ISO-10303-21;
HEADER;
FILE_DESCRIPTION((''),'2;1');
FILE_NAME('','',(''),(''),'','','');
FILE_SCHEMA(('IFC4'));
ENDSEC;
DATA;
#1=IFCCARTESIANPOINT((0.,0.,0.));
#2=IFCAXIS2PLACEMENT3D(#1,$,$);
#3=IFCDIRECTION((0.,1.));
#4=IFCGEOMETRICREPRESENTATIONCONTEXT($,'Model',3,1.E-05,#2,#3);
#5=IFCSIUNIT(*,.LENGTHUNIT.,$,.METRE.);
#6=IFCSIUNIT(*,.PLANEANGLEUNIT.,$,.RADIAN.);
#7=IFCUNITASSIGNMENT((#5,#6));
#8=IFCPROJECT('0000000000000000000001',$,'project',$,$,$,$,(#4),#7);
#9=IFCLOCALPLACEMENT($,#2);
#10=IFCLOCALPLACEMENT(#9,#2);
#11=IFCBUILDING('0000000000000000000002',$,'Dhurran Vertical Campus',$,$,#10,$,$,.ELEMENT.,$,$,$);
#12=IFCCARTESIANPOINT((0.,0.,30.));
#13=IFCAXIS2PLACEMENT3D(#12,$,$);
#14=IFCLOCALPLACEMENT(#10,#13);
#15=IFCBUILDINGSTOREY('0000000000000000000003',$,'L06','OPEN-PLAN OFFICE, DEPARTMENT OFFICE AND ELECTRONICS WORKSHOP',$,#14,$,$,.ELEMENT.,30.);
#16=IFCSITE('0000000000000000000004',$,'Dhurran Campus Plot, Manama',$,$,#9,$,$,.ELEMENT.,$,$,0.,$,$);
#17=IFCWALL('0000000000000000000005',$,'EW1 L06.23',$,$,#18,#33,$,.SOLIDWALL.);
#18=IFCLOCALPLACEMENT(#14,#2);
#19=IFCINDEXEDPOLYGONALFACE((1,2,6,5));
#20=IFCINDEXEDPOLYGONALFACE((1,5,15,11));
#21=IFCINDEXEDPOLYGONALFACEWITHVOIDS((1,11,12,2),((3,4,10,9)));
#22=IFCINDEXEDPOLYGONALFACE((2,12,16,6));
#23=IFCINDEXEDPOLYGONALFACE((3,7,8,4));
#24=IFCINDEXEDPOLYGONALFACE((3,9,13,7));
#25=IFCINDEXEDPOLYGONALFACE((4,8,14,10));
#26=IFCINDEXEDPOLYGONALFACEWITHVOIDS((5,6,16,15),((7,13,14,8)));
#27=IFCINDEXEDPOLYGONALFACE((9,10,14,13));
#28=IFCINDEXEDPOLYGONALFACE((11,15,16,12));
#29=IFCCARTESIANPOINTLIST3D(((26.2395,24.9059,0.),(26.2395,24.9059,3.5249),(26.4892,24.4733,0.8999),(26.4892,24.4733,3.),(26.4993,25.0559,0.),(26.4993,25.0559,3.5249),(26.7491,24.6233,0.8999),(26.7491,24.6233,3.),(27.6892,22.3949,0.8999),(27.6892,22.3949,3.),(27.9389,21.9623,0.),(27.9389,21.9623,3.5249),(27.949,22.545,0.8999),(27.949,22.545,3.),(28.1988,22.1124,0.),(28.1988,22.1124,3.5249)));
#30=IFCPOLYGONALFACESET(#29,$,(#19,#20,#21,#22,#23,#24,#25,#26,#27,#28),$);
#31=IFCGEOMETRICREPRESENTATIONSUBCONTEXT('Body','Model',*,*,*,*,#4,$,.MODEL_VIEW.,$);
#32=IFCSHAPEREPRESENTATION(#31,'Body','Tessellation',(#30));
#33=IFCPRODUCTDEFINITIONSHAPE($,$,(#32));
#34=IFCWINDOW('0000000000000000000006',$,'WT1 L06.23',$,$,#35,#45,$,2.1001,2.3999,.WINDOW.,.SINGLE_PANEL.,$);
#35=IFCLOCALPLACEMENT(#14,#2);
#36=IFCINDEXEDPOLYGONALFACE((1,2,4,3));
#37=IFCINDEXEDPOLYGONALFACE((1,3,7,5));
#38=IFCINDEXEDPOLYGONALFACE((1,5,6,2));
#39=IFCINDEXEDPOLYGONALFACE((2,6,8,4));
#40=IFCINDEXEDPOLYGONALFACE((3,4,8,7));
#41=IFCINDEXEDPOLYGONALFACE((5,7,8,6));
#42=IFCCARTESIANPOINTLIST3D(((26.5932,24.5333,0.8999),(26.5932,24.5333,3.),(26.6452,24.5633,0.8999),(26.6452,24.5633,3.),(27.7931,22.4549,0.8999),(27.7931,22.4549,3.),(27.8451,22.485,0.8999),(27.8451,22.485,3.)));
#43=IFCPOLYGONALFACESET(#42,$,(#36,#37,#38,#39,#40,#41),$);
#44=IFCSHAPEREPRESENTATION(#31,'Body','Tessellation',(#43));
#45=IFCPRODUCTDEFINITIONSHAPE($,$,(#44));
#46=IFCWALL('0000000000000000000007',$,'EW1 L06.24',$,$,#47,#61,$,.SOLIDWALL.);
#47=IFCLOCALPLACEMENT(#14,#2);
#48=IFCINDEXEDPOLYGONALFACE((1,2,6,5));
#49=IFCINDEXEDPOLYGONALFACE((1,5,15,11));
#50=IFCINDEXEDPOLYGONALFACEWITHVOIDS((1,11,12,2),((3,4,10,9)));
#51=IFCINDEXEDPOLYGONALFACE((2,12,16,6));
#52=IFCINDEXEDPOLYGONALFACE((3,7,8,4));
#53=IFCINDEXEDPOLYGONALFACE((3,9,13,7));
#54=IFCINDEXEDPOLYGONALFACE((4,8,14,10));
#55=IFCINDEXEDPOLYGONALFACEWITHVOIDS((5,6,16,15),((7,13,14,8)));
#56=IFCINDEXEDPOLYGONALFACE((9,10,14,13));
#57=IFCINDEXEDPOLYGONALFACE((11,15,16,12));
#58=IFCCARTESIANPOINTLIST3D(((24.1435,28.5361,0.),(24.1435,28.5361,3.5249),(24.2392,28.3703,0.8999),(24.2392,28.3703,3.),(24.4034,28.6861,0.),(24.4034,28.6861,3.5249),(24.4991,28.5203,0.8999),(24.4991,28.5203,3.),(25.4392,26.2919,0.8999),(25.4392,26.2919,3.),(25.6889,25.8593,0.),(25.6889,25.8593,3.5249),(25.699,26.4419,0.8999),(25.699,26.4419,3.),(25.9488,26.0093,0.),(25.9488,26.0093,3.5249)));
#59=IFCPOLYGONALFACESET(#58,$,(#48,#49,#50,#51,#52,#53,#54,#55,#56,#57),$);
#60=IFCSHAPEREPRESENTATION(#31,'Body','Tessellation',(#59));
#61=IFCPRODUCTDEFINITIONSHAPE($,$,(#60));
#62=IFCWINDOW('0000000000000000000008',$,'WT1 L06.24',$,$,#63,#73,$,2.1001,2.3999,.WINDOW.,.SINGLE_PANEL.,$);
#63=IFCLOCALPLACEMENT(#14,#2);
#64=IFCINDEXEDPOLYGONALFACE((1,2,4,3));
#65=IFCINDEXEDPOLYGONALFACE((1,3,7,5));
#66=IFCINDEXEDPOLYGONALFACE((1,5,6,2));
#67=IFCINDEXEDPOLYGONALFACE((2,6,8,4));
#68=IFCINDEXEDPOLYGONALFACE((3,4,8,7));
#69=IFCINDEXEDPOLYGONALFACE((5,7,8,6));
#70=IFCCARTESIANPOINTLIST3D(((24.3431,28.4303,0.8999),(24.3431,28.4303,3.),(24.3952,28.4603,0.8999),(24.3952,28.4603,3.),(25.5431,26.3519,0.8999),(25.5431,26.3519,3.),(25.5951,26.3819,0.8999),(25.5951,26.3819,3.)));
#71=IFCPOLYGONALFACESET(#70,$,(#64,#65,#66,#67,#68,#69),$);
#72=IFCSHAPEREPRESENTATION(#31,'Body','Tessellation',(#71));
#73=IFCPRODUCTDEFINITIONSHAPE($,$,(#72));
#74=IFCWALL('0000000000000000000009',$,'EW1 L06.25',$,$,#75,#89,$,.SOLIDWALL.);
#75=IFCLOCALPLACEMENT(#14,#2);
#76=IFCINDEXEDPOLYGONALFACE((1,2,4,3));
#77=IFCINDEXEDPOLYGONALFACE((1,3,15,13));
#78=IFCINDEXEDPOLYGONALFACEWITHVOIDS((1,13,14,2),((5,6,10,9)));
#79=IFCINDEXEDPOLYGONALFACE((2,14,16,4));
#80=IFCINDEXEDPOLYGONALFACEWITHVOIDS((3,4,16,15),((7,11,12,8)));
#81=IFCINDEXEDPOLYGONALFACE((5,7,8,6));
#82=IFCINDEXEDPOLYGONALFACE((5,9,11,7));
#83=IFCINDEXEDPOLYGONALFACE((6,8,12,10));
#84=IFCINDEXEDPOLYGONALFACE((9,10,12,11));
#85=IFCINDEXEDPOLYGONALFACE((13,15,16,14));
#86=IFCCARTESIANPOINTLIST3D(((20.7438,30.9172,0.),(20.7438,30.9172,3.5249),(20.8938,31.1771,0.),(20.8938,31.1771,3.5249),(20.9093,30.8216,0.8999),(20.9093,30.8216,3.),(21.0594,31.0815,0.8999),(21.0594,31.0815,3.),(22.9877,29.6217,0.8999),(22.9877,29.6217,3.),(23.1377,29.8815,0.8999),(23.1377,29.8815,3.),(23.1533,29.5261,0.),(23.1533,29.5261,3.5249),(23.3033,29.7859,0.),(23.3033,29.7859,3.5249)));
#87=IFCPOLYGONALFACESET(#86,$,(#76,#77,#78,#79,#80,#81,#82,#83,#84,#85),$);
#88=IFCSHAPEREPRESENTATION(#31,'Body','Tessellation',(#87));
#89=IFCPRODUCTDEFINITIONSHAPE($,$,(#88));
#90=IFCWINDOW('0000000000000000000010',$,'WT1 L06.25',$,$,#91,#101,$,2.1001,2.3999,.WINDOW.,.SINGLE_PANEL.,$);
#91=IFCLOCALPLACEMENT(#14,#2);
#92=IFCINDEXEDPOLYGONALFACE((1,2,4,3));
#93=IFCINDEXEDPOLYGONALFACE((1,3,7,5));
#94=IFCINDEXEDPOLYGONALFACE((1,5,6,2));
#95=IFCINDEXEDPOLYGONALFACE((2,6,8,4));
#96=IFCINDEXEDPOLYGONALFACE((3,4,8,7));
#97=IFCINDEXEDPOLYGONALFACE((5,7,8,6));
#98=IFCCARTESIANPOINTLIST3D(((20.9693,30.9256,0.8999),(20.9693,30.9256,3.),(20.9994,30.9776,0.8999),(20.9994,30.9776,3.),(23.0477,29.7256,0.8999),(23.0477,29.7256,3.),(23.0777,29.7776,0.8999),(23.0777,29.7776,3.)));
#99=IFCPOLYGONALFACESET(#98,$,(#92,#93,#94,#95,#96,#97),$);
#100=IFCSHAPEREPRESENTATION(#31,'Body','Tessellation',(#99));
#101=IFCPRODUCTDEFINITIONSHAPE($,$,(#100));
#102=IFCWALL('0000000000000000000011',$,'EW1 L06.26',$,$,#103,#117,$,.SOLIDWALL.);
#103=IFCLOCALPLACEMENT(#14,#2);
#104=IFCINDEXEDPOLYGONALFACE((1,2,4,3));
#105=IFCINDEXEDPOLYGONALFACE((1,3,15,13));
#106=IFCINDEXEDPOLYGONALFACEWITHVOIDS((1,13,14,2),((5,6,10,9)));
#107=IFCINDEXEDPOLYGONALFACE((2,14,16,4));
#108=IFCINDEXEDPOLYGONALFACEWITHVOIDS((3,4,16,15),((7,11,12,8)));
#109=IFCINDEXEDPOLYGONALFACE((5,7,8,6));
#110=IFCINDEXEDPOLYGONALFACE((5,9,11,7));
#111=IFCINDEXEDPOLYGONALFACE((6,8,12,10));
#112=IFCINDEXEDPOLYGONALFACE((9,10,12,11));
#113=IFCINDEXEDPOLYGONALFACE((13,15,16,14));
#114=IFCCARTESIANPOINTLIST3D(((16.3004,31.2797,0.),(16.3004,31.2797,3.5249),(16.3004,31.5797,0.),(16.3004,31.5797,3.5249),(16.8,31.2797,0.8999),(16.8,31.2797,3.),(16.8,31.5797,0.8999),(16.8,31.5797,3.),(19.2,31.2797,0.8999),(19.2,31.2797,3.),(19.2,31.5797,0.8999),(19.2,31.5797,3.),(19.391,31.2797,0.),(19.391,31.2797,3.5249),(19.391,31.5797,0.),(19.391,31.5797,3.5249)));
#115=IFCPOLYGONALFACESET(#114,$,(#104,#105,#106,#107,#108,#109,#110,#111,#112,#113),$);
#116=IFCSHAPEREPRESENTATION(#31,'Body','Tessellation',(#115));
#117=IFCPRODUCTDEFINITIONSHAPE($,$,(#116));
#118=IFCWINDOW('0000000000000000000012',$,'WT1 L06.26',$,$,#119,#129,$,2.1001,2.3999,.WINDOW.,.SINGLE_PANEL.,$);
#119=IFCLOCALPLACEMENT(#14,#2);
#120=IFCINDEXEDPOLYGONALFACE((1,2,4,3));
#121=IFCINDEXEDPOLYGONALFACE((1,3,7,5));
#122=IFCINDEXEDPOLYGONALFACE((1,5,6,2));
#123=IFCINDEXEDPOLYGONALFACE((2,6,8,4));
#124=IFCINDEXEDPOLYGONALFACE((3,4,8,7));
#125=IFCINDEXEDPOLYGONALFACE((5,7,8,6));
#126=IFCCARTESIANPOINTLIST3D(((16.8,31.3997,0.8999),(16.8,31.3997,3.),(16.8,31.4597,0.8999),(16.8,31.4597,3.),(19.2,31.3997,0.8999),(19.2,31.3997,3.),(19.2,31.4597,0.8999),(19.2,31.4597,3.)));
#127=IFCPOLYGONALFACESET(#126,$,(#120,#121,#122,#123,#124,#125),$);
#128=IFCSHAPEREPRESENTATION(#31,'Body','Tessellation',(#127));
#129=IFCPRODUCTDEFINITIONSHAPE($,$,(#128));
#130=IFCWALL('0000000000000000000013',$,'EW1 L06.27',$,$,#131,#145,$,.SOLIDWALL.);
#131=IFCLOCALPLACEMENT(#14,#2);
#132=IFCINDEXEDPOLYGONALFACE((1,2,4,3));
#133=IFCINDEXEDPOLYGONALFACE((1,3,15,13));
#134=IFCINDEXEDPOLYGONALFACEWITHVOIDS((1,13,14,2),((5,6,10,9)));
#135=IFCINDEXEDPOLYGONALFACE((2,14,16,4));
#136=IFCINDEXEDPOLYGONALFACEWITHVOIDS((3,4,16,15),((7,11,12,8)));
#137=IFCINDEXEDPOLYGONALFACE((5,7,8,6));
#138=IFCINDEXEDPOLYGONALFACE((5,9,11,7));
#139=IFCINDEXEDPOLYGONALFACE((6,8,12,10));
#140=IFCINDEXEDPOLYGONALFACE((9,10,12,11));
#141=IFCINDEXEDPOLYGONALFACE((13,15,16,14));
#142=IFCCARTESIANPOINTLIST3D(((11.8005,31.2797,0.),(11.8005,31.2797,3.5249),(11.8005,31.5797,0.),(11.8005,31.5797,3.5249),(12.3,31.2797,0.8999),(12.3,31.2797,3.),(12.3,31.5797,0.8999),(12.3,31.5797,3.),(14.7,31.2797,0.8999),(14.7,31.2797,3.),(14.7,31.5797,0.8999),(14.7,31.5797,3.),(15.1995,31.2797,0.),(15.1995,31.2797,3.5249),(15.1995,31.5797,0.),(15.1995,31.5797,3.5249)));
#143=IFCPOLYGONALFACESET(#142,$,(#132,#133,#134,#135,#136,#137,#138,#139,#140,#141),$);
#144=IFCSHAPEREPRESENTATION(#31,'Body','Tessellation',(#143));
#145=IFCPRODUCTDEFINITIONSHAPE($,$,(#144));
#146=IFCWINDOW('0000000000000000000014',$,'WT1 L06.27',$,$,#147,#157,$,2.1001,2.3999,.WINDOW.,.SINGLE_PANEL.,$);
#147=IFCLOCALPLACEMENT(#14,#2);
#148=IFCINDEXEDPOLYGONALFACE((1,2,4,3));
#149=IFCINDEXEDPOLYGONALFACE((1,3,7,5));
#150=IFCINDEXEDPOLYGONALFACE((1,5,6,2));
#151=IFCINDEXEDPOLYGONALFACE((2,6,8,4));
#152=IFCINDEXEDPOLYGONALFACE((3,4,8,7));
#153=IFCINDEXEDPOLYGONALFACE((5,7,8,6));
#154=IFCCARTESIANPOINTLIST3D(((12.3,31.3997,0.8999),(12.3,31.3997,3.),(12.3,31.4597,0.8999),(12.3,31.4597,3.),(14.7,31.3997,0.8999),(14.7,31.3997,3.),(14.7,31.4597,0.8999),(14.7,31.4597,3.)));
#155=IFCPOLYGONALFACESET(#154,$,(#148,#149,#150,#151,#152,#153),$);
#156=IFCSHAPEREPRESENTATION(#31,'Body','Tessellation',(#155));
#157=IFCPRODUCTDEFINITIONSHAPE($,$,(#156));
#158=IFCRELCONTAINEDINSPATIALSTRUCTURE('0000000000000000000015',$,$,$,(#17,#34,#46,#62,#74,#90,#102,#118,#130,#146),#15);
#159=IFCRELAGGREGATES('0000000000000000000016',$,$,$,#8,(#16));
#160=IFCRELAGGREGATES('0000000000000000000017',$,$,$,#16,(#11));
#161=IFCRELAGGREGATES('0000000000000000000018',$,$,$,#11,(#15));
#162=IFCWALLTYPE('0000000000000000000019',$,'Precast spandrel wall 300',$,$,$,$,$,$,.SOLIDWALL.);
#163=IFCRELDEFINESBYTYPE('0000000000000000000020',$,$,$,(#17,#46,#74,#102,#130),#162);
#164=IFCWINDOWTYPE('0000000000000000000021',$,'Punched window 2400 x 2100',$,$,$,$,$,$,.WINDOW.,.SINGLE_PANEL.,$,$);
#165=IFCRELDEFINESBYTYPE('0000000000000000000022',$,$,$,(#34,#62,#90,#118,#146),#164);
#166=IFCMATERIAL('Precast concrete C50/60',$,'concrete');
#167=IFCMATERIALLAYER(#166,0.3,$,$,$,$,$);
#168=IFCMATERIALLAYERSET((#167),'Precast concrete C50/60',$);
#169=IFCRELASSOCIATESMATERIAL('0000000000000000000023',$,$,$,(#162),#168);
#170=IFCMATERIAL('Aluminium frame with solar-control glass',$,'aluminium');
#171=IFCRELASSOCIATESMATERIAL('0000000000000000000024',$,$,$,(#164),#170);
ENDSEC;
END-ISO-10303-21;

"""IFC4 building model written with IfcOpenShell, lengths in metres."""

from ifc_helpers import new_model, si_unit, direction, frame, frame_2d, origin, place, context, subcontext, project, spatial, rectangle, extrude, material, layer, layer_set, type_object, element, fill, save


model = new_model("IFC4")

# Units and contexts
model_context = context("Model", 3, precision=1e-05, world=origin(), true_north=direction((0.0, 1.0)))
body_context = subcontext(model_context, "Body", "Model", "MODEL_VIEW")
ifc_project = project(units=[si_unit("LENGTHUNIT", "METRE"), si_unit("PLANEANGLEUNIT", "RADIAN")], contexts=[model_context])

# Site, building, storey
site_placement = place(None, origin())
site = spatial("IfcSite", under=ifc_project, at=site_placement, Name="Dhurran Campus Plot, Manama", CompositionType="ELEMENT", RefElevation=0.0)
building_placement = place(site_placement, origin())
building = spatial("IfcBuilding", under=site, at=building_placement, Name="Dhurran Vertical Campus", CompositionType="ELEMENT")
storey_placement = place(building_placement, frame((0.0, 0.0, 30.0)))
storey = spatial("IfcBuildingStorey", under=building, at=storey_placement, Name="L06", Description="OPEN-PLAN OFFICE, DEPARTMENT OFFICE AND ELECTRONICS WORKSHOP", CompositionType="ELEMENT", Elevation=30.0)

# Walls, openings, windows
ifc_material_1 = material(Name="Precast concrete C50/60", Category="concrete")
ifc_layer_1 = layer(ifc_material_1, 0.3)
ifc_layer_set_1 = layer_set([ifc_layer_1], Name="Precast concrete C50/60")
wall_type_1 = type_object("IfcWallType", Name="Precast spandrel wall 300", PredefinedType="SOLIDWALL", material=ifc_layer_set_1)
ifc_material_2 = material(Name="Aluminium frame with solar-control glass", Category="aluminium")
window_type = type_object("IfcWindowType", Name="Punched window 2400 x 2100", PartitioningType="SINGLE_PANEL", PredefinedType="WINDOW", material=ifc_material_2)
wall_1_placement = place(storey_placement, frame((28.0688, 22.0374, 0.0), z_axis=(0.0, 0.0, 1.0), x_axis=(-0.499994, 0.866029, 0.0)))
wall_1 = element("IfcWall", 1, at=wall_1_placement, inside=storey, type_object=wall_type_1, Name="EW1 L06.23", PredefinedType="SOLIDWALL", context=body_context, shape_type="SweptSolid", body=[
    extrude(rectangle(XDim=3.3989, YDim=0.3, at=frame_2d((1.6995, 0.0))), origin(), (0.0, 0.0, 1.0), 3.5249),
])
opening_1_placement = place(wall_1_placement, frame((0.4995, 0.0, 0.8999)))
opening_1 = element("IfcOpeningElement", 2, at=opening_1_placement, cuts=wall_1, PredefinedType="OPENING", context=body_context, shape_type="SweptSolid", body=[
    extrude(rectangle(XDim=2.3999, YDim=2.1001, at=frame_2d((1.2, 1.05))), frame((0.0, 0.1599, 0.0), z_axis=(0.0, -1.0, 0.0), x_axis=(1.0, 0.0, 0.0)), (0.0, 0.0, 1.0), 0.3201),
])
window_1_placement = place(opening_1_placement, origin())
window_1 = element("IfcWindow", 3, at=window_1_placement, inside=storey, type_object=window_type, Name="WT1 L06.23", OverallHeight=2.1001, OverallWidth=2.3999, PartitioningType="SINGLE_PANEL", PredefinedType="WINDOW", context=body_context, shape_type="SweptSolid", body=[
    extrude(rectangle(XDim=2.3999, YDim=2.1001, at=frame_2d((1.2, 1.05))), frame((0.0, 0.03, 0.0), z_axis=(0.0, -1.0, 0.0), x_axis=(1.0, 0.0, 0.0)), (0.0, 0.0, 1.0), 0.0601),
])
fill(opening_1, window_1)
wall_2_placement = place(storey_placement, frame((25.8188, 25.9343, 0.0), z_axis=(0.0, 0.0, 1.0), x_axis=(-0.499996, 0.866028, 0.0)))
wall_2 = element("IfcWall", 4, at=wall_2_placement, inside=storey, type_object=wall_type_1, Name="EW1 L06.24", PredefinedType="SOLIDWALL", context=body_context, shape_type="SweptSolid", body=[
    extrude(rectangle(XDim=3.0908, YDim=0.3, at=frame_2d((1.5454, 0.0))), origin(), (0.0, 0.0, 1.0), 3.5249),
])
opening_2_placement = place(wall_2_placement, frame((0.4995, 0.0, 0.8999)))
opening_2 = element("IfcOpeningElement", 5, at=opening_2_placement, cuts=wall_2, PredefinedType="OPENING", context=body_context, shape_type="SweptSolid", body=[
    extrude(rectangle(XDim=2.3999, YDim=2.1001, at=frame_2d((1.2, 1.05))), frame((0.0, 0.1599, 0.0), z_axis=(0.0, -1.0, 0.0), x_axis=(1.0, 0.0, 0.0)), (0.0, 0.0, 1.0), 0.3201),
])
window_2_placement = place(opening_2_placement, origin())
window_2 = element("IfcWindow", 6, at=window_2_placement, inside=storey, type_object=window_type, Name="WT1 L06.24", OverallHeight=2.1001, OverallWidth=2.3999, PartitioningType="SINGLE_PANEL", PredefinedType="WINDOW", context=body_context, shape_type="SweptSolid", body=[
    extrude(rectangle(XDim=2.3999, YDim=2.1001, at=frame_2d((1.2, 1.05))), frame((0.0, 0.03, 0.0), z_axis=(0.0, -1.0, 0.0), x_axis=(1.0, 0.0, 0.0)), (0.0, 0.0, 1.0), 0.0601),
])
fill(opening_2, window_2)
wall_3_placement = place(storey_placement, frame((23.2283, 29.656, 0.0), z_axis=(0.0, 0.0, 1.0), x_axis=(-0.86602, 0.500009, 0.0)))
wall_3 = element("IfcWall", 7, at=wall_3_placement, inside=storey, type_object=wall_type_1, Name="EW1 L06.25", PredefinedType="SOLIDWALL", context=body_context, shape_type="SweptSolid", body=[
    extrude(rectangle(XDim=2.7822, YDim=0.3, at=frame_2d((1.3911, 0.0))), origin(), (0.0, 0.0, 1.0), 3.5249),
])
opening_3_placement = place(wall_3_placement, frame((0.1912, 0.0, 0.8999)))
opening_3 = element("IfcOpeningElement", 8, at=opening_3_placement, cuts=wall_3, PredefinedType="OPENING", context=body_context, shape_type="SweptSolid", body=[
    extrude(rectangle(XDim=2.3999, YDim=2.1001, at=frame_2d((1.2, 1.05))), frame((0.0, 0.1599, 0.0), z_axis=(0.0, -1.0, 0.0), x_axis=(1.0, 0.0, 0.0)), (0.0, 0.0, 1.0), 0.3201),
])
window_3_placement = place(opening_3_placement, origin())
window_3 = element("IfcWindow", 9, at=window_3_placement, inside=storey, type_object=window_type, Name="WT1 L06.25", OverallHeight=2.1001, OverallWidth=2.3999, PartitioningType="SINGLE_PANEL", PredefinedType="WINDOW", context=body_context, shape_type="SweptSolid", body=[
    extrude(rectangle(XDim=2.3999, YDim=2.1001, at=frame_2d((1.2, 1.05))), frame((0.0, 0.03, 0.0), z_axis=(0.0, -1.0, 0.0), x_axis=(1.0, 0.0, 0.0)), (0.0, 0.0, 1.0), 0.0601),
])
fill(opening_3, window_3)
wall_4_placement = place(storey_placement, frame((19.3911, 31.4297, 0.0), z_axis=(0.0, 0.0, 1.0), x_axis=(-1.0, 0.0, 0.0)))
wall_4 = element("IfcWall", 10, at=wall_4_placement, inside=storey, type_object=wall_type_1, Name="EW1 L06.26", PredefinedType="SOLIDWALL", context=body_context, shape_type="SweptSolid", body=[
    extrude(rectangle(XDim=3.0906, YDim=0.3, at=frame_2d((1.5454, 0.0))), origin(), (0.0, 0.0, 1.0), 3.5249),
])
opening_4_placement = place(wall_4_placement, frame((0.1912, 0.0, 0.8999)))
opening_4 = element("IfcOpeningElement", 11, at=opening_4_placement, cuts=wall_4, PredefinedType="OPENING", context=body_context, shape_type="SweptSolid", body=[
    extrude(rectangle(XDim=2.3999, YDim=2.1001, at=frame_2d((1.2, 1.05))), frame((0.0, 0.1599, 0.0), z_axis=(0.0, -1.0, 0.0), x_axis=(1.0, 0.0, 0.0)), (0.0, 0.0, 1.0), 0.3201),
])
window_4_placement = place(opening_4_placement, origin())
window_4 = element("IfcWindow", 12, at=window_4_placement, inside=storey, type_object=window_type, Name="WT1 L06.26", OverallHeight=2.1001, OverallWidth=2.3999, PartitioningType="SINGLE_PANEL", PredefinedType="WINDOW", context=body_context, shape_type="SweptSolid", body=[
    extrude(rectangle(XDim=2.3999, YDim=2.1001, at=frame_2d((1.2, 1.05))), frame((0.0, 0.03, 0.0), z_axis=(0.0, -1.0, 0.0), x_axis=(1.0, 0.0, 0.0)), (0.0, 0.0, 1.0), 0.0601),
])
fill(opening_4, window_4)
wall_5_placement = place(storey_placement, frame((15.1995, 31.4297, 0.0), z_axis=(0.0, 0.0, 1.0), x_axis=(-1.0, 0.0, 0.0)))
wall_5 = element("IfcWall", 13, at=wall_5_placement, inside=storey, type_object=wall_type_1, Name="EW1 L06.27", PredefinedType="SOLIDWALL", context=body_context, shape_type="SweptSolid", body=[
    extrude(rectangle(XDim=3.3989, YDim=0.3, at=frame_2d((1.6995, 0.0))), origin(), (0.0, 0.0, 1.0), 3.5249),
])
opening_5_placement = place(wall_5_placement, frame((0.4995, 0.0, 0.8999)))
opening_5 = element("IfcOpeningElement", 14, at=opening_5_placement, cuts=wall_5, PredefinedType="OPENING", context=body_context, shape_type="SweptSolid", body=[
    extrude(rectangle(XDim=2.3999, YDim=2.1001, at=frame_2d((1.2, 1.05))), frame((0.0, 0.1599, 0.0), z_axis=(0.0, -1.0, 0.0), x_axis=(1.0, 0.0, 0.0)), (0.0, 0.0, 1.0), 0.3201),
])
window_5_placement = place(opening_5_placement, origin())
window_5 = element("IfcWindow", 15, at=window_5_placement, inside=storey, type_object=window_type, Name="WT1 L06.27", OverallHeight=2.1001, OverallWidth=2.3999, PartitioningType="SINGLE_PANEL", PredefinedType="WINDOW", context=body_context, shape_type="SweptSolid", body=[
    extrude(rectangle(XDim=2.3999, YDim=2.1001, at=frame_2d((1.2, 1.05))), frame((0.0, 0.03, 0.0), z_axis=(0.0, -1.0, 0.0), x_axis=(1.0, 0.0, 0.0)), (0.0, 0.0, 1.0), 0.0601),
])
fill(opening_5, window_5)

save(model, "model.ifc")
